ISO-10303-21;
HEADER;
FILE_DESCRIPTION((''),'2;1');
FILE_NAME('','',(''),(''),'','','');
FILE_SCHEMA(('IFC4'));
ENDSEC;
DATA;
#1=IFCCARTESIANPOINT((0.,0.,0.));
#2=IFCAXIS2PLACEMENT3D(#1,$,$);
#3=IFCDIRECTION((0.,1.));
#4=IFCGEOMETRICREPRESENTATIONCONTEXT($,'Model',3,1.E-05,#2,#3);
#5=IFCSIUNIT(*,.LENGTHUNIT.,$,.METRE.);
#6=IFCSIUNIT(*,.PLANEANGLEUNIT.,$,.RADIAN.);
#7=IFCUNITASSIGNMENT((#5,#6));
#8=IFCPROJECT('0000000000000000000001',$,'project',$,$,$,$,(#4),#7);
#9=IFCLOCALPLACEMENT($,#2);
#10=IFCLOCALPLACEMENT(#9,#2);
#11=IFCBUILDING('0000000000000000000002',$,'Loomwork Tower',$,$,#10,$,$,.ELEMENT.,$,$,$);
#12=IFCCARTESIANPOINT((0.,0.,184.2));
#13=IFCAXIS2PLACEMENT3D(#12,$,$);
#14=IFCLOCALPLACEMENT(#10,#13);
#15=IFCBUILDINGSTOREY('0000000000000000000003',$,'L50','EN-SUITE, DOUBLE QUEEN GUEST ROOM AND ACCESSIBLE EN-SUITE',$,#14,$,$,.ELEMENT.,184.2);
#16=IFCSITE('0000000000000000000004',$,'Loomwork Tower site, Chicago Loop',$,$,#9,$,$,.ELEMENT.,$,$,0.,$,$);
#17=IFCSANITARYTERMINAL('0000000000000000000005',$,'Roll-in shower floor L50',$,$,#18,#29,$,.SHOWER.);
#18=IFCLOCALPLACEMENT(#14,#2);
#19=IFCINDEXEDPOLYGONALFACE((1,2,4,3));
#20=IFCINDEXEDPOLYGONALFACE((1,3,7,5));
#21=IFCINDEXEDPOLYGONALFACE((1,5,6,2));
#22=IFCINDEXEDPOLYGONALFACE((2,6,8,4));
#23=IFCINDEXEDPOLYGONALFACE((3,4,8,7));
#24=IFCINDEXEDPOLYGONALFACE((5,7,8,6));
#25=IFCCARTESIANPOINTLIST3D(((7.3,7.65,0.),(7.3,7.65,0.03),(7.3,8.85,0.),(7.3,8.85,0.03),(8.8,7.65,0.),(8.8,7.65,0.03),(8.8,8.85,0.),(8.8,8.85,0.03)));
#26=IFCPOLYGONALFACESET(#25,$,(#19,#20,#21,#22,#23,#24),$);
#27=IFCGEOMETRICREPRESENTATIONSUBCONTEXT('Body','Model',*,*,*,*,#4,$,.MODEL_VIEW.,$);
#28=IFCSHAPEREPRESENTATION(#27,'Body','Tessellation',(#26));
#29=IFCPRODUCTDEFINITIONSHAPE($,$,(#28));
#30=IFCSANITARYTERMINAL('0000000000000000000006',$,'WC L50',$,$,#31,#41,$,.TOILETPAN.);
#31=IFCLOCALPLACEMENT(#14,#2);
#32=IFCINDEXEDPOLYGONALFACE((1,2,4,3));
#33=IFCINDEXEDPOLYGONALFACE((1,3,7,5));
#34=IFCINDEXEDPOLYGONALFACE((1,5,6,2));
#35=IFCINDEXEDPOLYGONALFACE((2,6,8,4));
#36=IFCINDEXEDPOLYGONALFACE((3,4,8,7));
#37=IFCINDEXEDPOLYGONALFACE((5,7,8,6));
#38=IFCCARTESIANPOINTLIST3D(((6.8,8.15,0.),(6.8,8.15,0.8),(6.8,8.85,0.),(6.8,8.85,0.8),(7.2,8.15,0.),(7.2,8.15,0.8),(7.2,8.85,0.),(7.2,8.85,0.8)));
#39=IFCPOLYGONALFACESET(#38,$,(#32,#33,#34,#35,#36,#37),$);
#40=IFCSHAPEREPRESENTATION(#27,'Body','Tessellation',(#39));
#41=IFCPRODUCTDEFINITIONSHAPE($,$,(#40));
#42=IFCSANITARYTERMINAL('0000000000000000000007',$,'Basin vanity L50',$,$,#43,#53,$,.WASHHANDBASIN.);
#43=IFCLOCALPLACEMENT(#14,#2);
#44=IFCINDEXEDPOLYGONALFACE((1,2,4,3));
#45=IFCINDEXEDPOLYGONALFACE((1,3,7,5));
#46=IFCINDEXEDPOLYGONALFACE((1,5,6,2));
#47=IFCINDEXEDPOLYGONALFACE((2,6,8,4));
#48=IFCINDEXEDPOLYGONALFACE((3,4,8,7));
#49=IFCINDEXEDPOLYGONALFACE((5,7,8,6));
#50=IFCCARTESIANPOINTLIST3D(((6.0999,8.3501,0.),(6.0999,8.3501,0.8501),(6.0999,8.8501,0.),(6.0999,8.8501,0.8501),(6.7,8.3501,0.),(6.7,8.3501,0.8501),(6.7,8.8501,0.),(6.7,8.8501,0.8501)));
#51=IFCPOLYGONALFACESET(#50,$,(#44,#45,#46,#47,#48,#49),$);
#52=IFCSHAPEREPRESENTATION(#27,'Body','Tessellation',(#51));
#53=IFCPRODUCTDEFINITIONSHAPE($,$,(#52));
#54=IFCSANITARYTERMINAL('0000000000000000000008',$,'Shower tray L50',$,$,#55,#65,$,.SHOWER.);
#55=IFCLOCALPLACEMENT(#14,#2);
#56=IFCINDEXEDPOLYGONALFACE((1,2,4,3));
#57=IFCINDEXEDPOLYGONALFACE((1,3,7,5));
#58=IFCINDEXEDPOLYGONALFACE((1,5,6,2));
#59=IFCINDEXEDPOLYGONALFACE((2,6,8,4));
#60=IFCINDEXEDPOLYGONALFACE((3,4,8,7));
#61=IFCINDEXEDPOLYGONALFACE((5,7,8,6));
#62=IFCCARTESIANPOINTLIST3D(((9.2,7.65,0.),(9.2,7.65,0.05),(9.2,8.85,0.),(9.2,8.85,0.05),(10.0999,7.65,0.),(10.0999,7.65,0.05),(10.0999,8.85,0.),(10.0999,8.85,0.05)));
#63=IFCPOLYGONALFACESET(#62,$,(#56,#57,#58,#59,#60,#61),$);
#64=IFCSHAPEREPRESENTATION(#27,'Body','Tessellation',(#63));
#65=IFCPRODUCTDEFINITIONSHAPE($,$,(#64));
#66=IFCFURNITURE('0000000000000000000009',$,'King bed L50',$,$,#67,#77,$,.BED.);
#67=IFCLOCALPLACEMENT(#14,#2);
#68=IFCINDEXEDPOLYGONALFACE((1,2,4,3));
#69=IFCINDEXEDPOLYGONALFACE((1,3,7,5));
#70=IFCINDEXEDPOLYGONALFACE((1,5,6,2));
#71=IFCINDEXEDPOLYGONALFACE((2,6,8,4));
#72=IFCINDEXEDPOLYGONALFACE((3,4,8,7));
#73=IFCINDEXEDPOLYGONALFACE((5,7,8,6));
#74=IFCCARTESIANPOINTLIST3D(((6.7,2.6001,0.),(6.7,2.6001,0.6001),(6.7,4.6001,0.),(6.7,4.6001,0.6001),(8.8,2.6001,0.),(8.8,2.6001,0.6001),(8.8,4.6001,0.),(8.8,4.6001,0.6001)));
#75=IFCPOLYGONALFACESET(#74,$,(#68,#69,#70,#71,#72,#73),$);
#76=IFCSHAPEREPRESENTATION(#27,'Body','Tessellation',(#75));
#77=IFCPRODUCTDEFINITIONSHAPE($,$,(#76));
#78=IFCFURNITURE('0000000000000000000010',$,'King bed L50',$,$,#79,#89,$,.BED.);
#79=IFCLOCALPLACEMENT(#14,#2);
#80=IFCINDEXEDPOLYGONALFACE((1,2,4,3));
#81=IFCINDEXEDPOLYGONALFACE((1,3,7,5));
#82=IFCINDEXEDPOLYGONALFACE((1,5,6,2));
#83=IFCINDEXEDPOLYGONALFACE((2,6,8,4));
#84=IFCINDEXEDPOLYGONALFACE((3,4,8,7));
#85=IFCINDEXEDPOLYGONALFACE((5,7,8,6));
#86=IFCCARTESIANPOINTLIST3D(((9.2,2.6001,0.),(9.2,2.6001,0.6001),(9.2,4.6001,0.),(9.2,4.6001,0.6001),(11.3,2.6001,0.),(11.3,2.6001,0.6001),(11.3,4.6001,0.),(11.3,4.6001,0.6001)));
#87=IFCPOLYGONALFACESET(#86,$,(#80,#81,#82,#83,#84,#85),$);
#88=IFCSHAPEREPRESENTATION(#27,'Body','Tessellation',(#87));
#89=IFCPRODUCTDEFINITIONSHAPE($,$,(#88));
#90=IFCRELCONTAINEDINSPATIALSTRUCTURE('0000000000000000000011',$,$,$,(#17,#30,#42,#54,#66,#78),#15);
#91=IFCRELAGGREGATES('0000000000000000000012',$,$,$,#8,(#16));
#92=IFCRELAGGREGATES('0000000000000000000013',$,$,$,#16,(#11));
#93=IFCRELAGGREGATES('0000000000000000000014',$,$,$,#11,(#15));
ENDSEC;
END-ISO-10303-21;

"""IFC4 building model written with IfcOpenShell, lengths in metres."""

from ifc_helpers import new_model, si_unit, direction, frame, origin, origin_2d, place, context, subcontext, project, spatial, rectangle, extrude, element, save


model = new_model("IFC4")

# Units and contexts
model_context = context("Model", 3, precision=1e-05, world=origin(), true_north=direction((0.0, 1.0)))
body_context = subcontext(model_context, "Body", "Model", "MODEL_VIEW")
ifc_project = project(units=[si_unit("LENGTHUNIT", "METRE"), si_unit("PLANEANGLEUNIT", "RADIAN")], contexts=[model_context])

# Site, building, storey
site_placement = place(None, origin())
site = spatial("IfcSite", under=ifc_project, at=site_placement, Name="Loomwork Tower site, Chicago Loop", CompositionType="ELEMENT", RefElevation=0.0)
building_placement = place(site_placement, origin())
building = spatial("IfcBuilding", under=site, at=building_placement, Name="Loomwork Tower", CompositionType="ELEMENT")
storey_placement = place(building_placement, frame((0.0, 0.0, 184.2)))
storey = spatial("IfcBuildingStorey", under=building, at=storey_placement, Name="L50", Description="EN-SUITE, DOUBLE QUEEN GUEST ROOM AND ACCESSIBLE EN-SUITE", CompositionType="ELEMENT", Elevation=184.2)

# Sanitary terminals
sanitary_terminal_1_placement = place(storey_placement, frame((8.05, 8.25, 0.0), z_axis=(0.0, 0.0, 1.0), x_axis=(1.0, 0.0, 0.0)))
element("IfcSanitaryTerminal", 1, at=sanitary_terminal_1_placement, inside=storey, Name="Roll-in shower floor L50", PredefinedType="SHOWER", context=body_context, shape_type="SweptSolid", body=[
    extrude(rectangle(XDim=1.5, YDim=1.2, at=origin_2d()), origin(), (0.0, 0.0, 1.0), 0.03),
])
sanitary_terminal_2_placement = place(storey_placement, frame((7.0, 8.5, 0.0), z_axis=(0.0, 0.0, 1.0), x_axis=(1.0, 0.0, 0.0)))
element("IfcSanitaryTerminal", 2, at=sanitary_terminal_2_placement, inside=storey, Name="WC L50", PredefinedType="TOILETPAN", context=body_context, shape_type="SweptSolid", body=[
    extrude(rectangle(XDim=0.3999, YDim=0.7, at=origin_2d()), origin(), (0.0, 0.0, 1.0), 0.8),
])
sanitary_terminal_3_placement = place(storey_placement, frame((6.3999, 8.6001, 0.0), z_axis=(0.0, 0.0, 1.0), x_axis=(1.0, 0.0, 0.0)))
element("IfcSanitaryTerminal", 3, at=sanitary_terminal_3_placement, inside=storey, Name="Basin vanity L50", PredefinedType="WASHHANDBASIN", context=body_context, shape_type="SweptSolid", body=[
    extrude(rectangle(XDim=0.6001, YDim=0.5, at=origin_2d()), origin(), (0.0, 0.0, 1.0), 0.8501),
])
sanitary_terminal_4_placement = place(storey_placement, frame((9.6499, 8.25, 0.0), z_axis=(0.0, 0.0, 1.0), x_axis=(1.0, 0.0, 0.0)))
element("IfcSanitaryTerminal", 4, at=sanitary_terminal_4_placement, inside=storey, Name="Shower tray L50", PredefinedType="SHOWER", context=body_context, shape_type="SweptSolid", body=[
    extrude(rectangle(XDim=0.8999, YDim=1.2, at=origin_2d()), origin(), (0.0, 0.0, 1.0), 0.05),
])

# Furniture
for number, where, z_axis, x_axis, name in (
    (5, (7.75, 3.6001, 0.0), (0.0, 0.0, 1.0), (1.0, 0.0, 0.0), "King bed L50"),
    (6, (10.25, 3.6001, 0.0), (0.0, 0.0, 1.0), (1.0, 0.0, 0.0), "King bed L50"),
):
    element("IfcFurniture", number, at=place(storey_placement, frame(where, z_axis=z_axis, x_axis=x_axis)), inside=storey, Name=name, PredefinedType="BED", context=body_context, shape_type="SweptSolid", body=[
        extrude(rectangle(XDim=2.1001, YDim=2.0, at=origin_2d()), origin(), (0.0, 0.0, 1.0), 0.6001),
    ])

save(model, "model.ifc")
